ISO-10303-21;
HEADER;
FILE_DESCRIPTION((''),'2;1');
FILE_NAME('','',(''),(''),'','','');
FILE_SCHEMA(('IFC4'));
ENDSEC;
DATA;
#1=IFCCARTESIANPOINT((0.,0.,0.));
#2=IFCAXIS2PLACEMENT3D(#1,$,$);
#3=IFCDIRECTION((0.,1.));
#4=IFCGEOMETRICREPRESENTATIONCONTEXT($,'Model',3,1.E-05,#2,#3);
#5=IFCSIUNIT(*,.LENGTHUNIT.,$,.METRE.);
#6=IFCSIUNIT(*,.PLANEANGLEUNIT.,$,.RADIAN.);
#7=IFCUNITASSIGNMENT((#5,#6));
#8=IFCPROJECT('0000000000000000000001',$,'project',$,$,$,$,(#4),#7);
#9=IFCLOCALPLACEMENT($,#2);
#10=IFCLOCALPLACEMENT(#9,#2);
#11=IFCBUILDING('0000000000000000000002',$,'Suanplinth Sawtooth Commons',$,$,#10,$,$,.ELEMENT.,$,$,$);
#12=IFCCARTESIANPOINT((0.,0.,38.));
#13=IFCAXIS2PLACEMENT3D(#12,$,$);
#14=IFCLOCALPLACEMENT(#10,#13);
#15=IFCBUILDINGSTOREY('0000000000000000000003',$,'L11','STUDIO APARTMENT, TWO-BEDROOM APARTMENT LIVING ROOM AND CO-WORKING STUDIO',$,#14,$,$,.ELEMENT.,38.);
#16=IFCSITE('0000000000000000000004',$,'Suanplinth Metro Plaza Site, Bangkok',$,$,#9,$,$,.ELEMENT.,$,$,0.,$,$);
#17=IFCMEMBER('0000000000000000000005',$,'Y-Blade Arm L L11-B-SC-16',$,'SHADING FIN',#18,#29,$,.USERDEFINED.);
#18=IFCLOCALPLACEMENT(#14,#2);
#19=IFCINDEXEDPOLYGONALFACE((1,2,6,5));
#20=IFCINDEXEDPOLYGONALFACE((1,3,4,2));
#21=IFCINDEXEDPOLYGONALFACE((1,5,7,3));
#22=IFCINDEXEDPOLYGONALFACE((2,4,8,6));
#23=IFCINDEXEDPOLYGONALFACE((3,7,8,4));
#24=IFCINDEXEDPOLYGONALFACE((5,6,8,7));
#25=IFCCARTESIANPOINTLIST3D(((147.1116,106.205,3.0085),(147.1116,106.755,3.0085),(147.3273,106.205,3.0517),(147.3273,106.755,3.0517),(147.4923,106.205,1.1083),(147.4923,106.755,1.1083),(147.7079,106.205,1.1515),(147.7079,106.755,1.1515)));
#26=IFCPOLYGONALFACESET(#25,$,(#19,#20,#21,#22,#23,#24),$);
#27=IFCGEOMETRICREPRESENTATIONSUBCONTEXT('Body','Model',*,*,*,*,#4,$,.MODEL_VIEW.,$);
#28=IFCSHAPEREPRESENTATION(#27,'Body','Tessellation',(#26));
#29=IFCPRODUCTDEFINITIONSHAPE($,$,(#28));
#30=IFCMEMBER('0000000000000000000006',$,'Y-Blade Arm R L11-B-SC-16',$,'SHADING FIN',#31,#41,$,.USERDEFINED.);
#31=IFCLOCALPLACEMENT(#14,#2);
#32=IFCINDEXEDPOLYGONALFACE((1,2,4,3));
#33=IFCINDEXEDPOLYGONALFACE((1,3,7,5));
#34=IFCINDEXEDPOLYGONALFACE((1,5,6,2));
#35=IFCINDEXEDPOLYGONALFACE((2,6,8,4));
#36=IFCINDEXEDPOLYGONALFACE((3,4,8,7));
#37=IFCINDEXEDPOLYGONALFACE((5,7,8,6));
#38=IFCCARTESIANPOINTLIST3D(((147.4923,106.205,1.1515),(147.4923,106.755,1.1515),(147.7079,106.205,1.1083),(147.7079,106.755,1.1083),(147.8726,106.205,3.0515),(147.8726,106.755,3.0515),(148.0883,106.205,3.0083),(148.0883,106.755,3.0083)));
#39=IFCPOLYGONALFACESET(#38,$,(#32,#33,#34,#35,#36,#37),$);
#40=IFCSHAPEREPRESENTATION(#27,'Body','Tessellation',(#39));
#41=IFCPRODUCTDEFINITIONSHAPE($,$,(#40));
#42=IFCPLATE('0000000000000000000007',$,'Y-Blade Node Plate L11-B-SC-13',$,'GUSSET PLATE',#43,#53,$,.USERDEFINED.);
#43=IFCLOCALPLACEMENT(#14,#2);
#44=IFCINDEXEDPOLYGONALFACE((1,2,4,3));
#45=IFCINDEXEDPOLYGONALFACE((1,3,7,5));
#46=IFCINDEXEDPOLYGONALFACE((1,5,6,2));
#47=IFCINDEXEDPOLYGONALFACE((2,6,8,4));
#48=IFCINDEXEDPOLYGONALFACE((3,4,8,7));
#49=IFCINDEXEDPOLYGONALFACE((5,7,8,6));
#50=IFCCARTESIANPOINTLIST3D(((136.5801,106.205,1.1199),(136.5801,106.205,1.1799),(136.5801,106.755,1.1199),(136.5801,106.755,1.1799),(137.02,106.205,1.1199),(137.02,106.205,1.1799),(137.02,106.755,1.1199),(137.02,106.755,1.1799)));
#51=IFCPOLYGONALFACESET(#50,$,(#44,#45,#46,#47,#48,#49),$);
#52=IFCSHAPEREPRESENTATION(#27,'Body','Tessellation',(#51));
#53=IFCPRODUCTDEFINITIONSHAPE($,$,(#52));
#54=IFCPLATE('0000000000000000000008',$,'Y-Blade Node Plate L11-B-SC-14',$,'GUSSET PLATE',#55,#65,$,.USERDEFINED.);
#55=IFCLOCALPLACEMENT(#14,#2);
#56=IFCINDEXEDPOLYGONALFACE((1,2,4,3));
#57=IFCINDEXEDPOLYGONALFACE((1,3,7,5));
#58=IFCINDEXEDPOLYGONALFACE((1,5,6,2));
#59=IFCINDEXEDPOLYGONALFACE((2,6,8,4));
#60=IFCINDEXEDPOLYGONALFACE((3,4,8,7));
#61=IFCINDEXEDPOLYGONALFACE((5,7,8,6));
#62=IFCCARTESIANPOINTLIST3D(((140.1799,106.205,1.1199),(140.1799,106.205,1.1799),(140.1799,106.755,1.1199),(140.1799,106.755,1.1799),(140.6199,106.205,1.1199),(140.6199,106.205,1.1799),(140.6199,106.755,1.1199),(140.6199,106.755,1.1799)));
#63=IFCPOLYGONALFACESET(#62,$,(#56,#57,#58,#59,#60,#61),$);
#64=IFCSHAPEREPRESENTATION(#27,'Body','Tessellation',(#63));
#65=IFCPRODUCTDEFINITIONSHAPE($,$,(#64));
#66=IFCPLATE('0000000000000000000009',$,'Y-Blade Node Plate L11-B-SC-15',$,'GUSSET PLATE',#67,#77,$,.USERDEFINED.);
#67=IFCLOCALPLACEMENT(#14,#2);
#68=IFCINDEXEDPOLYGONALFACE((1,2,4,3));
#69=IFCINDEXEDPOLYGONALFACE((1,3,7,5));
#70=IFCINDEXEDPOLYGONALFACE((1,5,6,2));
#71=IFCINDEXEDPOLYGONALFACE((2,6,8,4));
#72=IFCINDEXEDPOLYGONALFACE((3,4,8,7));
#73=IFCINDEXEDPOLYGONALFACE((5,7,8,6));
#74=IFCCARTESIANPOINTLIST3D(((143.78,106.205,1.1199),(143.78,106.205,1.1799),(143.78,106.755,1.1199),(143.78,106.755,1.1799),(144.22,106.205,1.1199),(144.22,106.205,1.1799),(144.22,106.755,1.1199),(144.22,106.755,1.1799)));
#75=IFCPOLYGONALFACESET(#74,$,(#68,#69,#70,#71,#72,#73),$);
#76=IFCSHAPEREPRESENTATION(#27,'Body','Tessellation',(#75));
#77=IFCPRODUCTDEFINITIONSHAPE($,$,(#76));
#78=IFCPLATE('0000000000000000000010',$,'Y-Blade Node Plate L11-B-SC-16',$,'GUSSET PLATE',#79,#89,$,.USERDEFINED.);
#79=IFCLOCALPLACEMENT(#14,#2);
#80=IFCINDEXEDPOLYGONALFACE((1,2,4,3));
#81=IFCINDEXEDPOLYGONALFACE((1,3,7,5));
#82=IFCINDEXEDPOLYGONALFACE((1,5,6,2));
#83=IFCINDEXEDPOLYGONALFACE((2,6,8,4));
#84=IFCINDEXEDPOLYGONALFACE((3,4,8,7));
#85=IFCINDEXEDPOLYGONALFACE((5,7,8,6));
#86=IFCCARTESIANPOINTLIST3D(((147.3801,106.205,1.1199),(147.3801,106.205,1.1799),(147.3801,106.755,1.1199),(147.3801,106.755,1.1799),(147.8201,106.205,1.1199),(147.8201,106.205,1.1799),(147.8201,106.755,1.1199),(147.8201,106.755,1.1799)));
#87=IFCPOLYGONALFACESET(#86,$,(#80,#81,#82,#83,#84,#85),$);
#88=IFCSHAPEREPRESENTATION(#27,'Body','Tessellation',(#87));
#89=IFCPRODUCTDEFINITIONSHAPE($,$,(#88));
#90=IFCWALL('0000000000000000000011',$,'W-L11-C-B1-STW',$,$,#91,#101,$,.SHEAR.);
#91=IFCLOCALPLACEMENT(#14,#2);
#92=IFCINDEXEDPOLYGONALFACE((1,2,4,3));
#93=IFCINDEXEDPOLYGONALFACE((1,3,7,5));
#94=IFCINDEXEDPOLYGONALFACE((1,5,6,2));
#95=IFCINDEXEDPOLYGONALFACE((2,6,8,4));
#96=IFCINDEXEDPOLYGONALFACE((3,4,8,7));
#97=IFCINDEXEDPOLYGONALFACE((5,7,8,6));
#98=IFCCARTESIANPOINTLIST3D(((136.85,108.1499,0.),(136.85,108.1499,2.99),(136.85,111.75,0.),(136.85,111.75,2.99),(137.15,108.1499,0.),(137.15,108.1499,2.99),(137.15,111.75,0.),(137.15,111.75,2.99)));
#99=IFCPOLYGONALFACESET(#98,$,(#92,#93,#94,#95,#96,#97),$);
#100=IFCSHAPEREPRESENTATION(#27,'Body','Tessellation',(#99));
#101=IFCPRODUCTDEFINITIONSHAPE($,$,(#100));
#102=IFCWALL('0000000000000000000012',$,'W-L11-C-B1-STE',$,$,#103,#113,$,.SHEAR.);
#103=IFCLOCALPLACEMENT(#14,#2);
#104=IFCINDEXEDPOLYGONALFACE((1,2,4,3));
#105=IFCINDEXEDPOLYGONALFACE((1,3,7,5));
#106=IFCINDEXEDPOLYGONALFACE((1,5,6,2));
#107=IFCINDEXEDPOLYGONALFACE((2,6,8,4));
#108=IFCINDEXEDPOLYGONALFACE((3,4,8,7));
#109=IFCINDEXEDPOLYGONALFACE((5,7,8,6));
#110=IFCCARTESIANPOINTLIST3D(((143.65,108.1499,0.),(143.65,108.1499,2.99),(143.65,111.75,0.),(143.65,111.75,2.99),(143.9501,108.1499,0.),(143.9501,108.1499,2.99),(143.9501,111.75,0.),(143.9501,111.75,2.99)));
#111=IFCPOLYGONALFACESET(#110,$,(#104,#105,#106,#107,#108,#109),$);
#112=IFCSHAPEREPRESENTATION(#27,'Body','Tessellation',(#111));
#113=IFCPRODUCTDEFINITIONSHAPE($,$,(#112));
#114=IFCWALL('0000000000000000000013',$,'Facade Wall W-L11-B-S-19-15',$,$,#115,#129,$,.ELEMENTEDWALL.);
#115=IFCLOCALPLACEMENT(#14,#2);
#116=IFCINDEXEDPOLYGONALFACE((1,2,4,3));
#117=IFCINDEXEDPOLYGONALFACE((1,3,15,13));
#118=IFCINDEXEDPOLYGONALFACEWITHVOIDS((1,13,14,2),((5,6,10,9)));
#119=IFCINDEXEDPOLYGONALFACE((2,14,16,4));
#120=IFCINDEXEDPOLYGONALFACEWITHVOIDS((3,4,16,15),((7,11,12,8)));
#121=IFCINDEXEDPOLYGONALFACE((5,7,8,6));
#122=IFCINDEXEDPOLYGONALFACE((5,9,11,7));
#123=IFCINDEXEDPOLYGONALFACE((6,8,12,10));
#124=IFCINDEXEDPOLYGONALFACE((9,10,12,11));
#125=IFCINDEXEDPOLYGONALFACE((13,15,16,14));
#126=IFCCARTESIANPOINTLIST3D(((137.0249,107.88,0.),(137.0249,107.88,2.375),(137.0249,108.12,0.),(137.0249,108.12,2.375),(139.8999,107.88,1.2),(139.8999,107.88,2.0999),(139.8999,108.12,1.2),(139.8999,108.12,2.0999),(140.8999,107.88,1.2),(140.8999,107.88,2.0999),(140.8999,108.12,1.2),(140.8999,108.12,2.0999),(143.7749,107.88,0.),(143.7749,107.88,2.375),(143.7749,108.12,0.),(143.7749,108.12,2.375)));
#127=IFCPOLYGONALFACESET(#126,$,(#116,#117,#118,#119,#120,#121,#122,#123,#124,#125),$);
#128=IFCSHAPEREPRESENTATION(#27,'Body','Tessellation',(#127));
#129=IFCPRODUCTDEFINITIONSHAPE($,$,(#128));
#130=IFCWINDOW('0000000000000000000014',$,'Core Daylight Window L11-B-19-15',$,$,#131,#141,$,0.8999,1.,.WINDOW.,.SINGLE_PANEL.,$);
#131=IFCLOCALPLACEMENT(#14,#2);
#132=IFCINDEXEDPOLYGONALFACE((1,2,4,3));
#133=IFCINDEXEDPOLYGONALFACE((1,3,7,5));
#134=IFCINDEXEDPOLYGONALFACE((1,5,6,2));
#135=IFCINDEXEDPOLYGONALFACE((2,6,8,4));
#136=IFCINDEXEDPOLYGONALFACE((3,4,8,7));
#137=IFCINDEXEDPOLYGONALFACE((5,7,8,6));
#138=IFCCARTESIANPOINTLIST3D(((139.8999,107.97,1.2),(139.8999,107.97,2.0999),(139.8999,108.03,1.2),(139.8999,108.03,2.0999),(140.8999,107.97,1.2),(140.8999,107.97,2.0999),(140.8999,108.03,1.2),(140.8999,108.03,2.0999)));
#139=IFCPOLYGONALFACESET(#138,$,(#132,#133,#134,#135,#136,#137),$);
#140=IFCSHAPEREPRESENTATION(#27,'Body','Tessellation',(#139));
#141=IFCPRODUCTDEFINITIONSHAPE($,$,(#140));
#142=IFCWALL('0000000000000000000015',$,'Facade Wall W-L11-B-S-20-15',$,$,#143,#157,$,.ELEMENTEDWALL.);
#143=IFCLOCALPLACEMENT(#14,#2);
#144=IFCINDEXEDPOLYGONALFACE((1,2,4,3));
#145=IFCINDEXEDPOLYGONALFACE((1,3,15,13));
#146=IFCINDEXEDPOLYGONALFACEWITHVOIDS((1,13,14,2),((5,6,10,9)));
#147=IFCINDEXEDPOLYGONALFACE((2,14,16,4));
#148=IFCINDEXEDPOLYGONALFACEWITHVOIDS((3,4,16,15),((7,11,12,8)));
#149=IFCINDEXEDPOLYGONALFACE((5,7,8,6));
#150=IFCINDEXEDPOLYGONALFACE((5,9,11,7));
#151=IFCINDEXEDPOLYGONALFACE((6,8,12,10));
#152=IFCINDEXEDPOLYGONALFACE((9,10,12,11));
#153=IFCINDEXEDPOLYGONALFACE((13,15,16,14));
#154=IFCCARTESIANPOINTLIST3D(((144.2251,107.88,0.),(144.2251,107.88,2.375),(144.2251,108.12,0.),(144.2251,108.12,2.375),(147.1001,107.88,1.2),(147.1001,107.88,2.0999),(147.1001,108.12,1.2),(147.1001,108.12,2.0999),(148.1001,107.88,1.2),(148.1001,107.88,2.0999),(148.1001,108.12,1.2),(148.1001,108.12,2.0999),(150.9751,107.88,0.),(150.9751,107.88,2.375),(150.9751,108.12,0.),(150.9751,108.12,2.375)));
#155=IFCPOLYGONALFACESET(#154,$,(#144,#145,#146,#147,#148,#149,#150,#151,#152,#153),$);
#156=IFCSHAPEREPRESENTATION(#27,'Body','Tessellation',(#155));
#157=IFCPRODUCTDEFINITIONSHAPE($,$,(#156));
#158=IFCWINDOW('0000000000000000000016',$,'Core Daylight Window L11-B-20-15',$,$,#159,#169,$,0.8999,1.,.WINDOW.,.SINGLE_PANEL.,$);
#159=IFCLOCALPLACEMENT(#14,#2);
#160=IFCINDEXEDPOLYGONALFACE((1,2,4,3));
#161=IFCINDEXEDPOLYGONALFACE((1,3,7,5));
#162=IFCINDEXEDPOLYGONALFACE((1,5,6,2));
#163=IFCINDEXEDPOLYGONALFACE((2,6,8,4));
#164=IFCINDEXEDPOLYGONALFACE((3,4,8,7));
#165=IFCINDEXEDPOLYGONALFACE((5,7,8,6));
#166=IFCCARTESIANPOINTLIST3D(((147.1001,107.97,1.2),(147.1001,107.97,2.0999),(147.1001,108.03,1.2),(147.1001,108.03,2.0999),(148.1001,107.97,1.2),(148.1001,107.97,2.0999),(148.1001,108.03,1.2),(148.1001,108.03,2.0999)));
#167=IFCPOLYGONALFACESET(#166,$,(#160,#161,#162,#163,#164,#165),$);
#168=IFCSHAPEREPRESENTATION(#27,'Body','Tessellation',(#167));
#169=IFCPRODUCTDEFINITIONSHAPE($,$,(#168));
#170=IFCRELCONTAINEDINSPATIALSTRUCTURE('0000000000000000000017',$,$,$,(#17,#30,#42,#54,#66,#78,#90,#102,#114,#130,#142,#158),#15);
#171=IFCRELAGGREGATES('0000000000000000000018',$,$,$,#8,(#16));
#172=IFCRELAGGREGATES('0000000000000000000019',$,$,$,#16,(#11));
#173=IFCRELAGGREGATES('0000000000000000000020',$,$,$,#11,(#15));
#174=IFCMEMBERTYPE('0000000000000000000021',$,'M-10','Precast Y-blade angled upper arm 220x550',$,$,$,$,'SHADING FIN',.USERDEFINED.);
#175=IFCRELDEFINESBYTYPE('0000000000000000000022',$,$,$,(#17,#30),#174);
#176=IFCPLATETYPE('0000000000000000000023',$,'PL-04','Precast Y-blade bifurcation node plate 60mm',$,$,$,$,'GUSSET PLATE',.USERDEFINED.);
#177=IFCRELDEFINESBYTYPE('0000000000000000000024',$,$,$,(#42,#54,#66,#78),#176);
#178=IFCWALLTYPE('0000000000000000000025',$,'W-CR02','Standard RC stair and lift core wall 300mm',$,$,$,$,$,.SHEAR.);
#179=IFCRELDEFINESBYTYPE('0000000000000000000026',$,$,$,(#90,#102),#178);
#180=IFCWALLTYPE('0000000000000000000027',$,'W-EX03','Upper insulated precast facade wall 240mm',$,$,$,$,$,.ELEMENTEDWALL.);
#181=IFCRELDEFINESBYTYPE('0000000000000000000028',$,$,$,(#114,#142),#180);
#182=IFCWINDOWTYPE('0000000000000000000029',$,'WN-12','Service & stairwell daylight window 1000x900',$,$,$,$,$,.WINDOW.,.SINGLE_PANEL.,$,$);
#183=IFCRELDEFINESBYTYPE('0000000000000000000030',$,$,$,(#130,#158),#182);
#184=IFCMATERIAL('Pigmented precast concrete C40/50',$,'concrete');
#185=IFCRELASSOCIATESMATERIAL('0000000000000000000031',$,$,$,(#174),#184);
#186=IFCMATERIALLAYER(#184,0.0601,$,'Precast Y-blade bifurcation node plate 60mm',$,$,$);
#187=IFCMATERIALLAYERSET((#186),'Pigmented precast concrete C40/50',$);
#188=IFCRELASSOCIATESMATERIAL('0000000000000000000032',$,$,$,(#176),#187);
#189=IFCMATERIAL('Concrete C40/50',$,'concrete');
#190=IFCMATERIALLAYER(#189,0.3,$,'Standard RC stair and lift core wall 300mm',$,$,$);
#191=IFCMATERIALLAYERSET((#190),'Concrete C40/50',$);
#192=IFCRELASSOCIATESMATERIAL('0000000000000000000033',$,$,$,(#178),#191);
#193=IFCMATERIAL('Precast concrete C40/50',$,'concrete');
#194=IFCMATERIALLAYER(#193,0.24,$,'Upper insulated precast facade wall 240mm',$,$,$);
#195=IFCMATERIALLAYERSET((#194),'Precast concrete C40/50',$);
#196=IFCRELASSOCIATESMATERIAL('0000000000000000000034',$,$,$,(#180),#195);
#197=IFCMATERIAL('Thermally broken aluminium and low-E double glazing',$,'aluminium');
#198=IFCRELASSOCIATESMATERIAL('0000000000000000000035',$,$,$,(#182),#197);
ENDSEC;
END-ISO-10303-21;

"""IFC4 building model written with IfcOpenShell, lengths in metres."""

from ifc_helpers import new_model, si_unit, direction, frame, frame_2d, origin, origin_2d, place, context, subcontext, project, spatial, rectangle, extrude, material, layer, layer_set, material_profile, profile_set, type_object, element, fill, save


model = new_model("IFC4")

# Units and contexts
model_context = context("Model", 3, precision=1e-05, world=origin(), true_north=direction((0.0, 1.0)))
body_context = subcontext(model_context, "Body", "Model", "MODEL_VIEW")
ifc_project = project(units=[si_unit("LENGTHUNIT", "METRE"), si_unit("PLANEANGLEUNIT", "RADIAN")], contexts=[model_context])

# Site, building, storey
site_placement = place(None, origin())
site = spatial("IfcSite", under=ifc_project, at=site_placement, Name="Suanplinth Metro Plaza Site, Bangkok", CompositionType="ELEMENT", RefElevation=0.0)
building_placement = place(site_placement, origin())
building = spatial("IfcBuilding", under=site, at=building_placement, Name="Suanplinth Sawtooth Commons", CompositionType="ELEMENT")
storey_placement = place(building_placement, frame((0.0, 0.0, 38.0)))
storey = spatial("IfcBuildingStorey", under=building, at=storey_placement, Name="L11", Description="STUDIO APARTMENT, TWO-BEDROOM APARTMENT LIVING ROOM AND CO-WORKING STUDIO", CompositionType="ELEMENT", Elevation=38.0)

# Shared definitions
ifc_material_1 = material(Name="Precast concrete C40/50", Category="concrete")

# Members
ifc_material_2 = material(Name="Pigmented precast concrete C40/50", Category="concrete")
ifc_material_profile_1 = material_profile(ifc_material_2, rectangle(XDim=0.22, YDim=0.55, at=origin_2d()), Name="PC-FIN 220x550")
ifc_profile_set_1 = profile_set([ifc_material_profile_1], Name="Pigmented precast concrete C40/50")
member_type_1 = type_object("IfcMemberType", Name="M-10", Description="Precast Y-blade angled upper arm 220x550", ElementType="SHADING FIN", PredefinedType="USERDEFINED", material=ifc_profile_set_1)
for number, where, z_axis, x_axis, name in (
    (1, (147.6001, 106.48, 1.1299), (-0.196407, 0.0, 0.980522), (0.980522, 0.0, 0.196407), "Y-Blade Arm L L11-B-SC-16"),
):
    element("IfcMember", number, at=place(storey_placement, frame(where, z_axis=z_axis, x_axis=x_axis)), inside=storey, type_object=member_type_1, Name=name, ObjectType="SHADING FIN", PredefinedType="USERDEFINED", context=body_context, shape_type="SweptSolid", body=[
        extrude(rectangle(XDim=0.22, YDim=0.55, at=origin_2d()), origin(), (0.0, 0.0, 1.0), 1.938),
    ])
member_1_placement = place(storey_placement, frame((147.6001, 106.48, 1.1299), z_axis=(0.196286, 0.0, 0.980547), x_axis=(-0.980547, 0.0, 0.196286)))
element("IfcMember", 2, at=member_1_placement, inside=storey, type_object=member_type_1, Name="Y-Blade Arm R L11-B-SC-16", ObjectType="SHADING FIN", PredefinedType="USERDEFINED", context=body_context, shape_type="SweptSolid", body=[
    extrude(rectangle(XDim=0.22, YDim=0.55, at=origin_2d()), origin(), (0.0, 0.0, 1.0), 1.9377),
])

# Plates
ifc_layer_1 = layer(ifc_material_2, 0.0601, Name="Precast Y-blade bifurcation node plate 60mm")
ifc_layer_set_1 = layer_set([ifc_layer_1], Name="Pigmented precast concrete C40/50")
plate_type = type_object("IfcPlateType", Name="PL-04", Description="Precast Y-blade bifurcation node plate 60mm", ElementType="GUSSET PLATE", PredefinedType="USERDEFINED", material=ifc_layer_set_1)
for number, where, z_axis, x_axis, name in (
    (3, (136.8, 106.48, 1.1199), (0.0, 0.0, 1.0), (1.0, 0.0, 0.0), "Y-Blade Node Plate L11-B-SC-13"),
    (4, (140.3999, 106.48, 1.1199), (0.0, 0.0, 1.0), (1.0, 0.0, 0.0), "Y-Blade Node Plate L11-B-SC-14"),
    (5, (144.0, 106.48, 1.1199), (0.0, 0.0, 1.0), (1.0, 0.0, 0.0), "Y-Blade Node Plate L11-B-SC-15"),
    (6, (147.6001, 106.48, 1.1199), (0.0, 0.0, 1.0), (1.0, 0.0, 0.0), "Y-Blade Node Plate L11-B-SC-16"),
):
    element("IfcPlate", number, at=place(storey_placement, frame(where, z_axis=z_axis, x_axis=x_axis)), inside=storey, type_object=plate_type, Name=name, ObjectType="GUSSET PLATE", PredefinedType="USERDEFINED", context=body_context, shape_type="SweptSolid", body=[
        extrude(rectangle(XDim=0.4399, YDim=0.55, at=origin_2d()), origin(), (0.0, 0.0, 1.0), 0.0601),
    ])

# Walls
ifc_material_3 = material(Name="Concrete C40/50", Category="concrete")
ifc_layer_2 = layer(ifc_material_3, 0.3, Name="Standard RC stair and lift core wall 300mm")
ifc_layer_set_2 = layer_set([ifc_layer_2], Name="Concrete C40/50")
wall_type_1 = type_object("IfcWallType", Name="W-CR02", Description="Standard RC stair and lift core wall 300mm", PredefinedType="SHEAR", material=ifc_layer_set_2)
for number, where, z_axis, x_axis, name in (
    (7, (137.0, 108.1499, 0.0), (0.0, 0.0, 1.0), (0.0, 1.0, 0.0), "W-L11-C-B1-STW"),
    (8, (143.8, 108.1499, 0.0), (0.0, 0.0, 1.0), (0.0, 1.0, 0.0), "W-L11-C-B1-STE"),
):
    element("IfcWall", number, at=place(storey_placement, frame(where, z_axis=z_axis, x_axis=x_axis)), inside=storey, type_object=wall_type_1, Name=name, PredefinedType="SHEAR", context=body_context, shape_type="SweptSolid", body=[
        extrude(rectangle(XDim=3.6001, YDim=0.3, at=frame_2d((1.8, 0.0))), origin(), (0.0, 0.0, 1.0), 2.99),
    ])

# Walls, openings, windows
ifc_layer_3 = layer(ifc_material_1, 0.24, Name="Upper insulated precast facade wall 240mm")
ifc_layer_set_3 = layer_set([ifc_layer_3], Name="Precast concrete C40/50")
wall_type_2 = type_object("IfcWallType", Name="W-EX03", Description="Upper insulated precast facade wall 240mm", PredefinedType="ELEMENTEDWALL", material=ifc_layer_set_3)
wall_1_placement = place(storey_placement, frame((137.0249, 108.0, 0.0), z_axis=(0.0, 0.0, 1.0), x_axis=(1.0, 0.0, 0.0)))
wall_1 = element("IfcWall", 9, at=wall_1_placement, inside=storey, type_object=wall_type_2, Name="Facade Wall W-L11-B-S-19-15", PredefinedType="ELEMENTEDWALL", context=body_context, shape_type="SweptSolid", body=[
    extrude(rectangle(XDim=6.75, YDim=0.24, at=frame_2d((3.375, 0.0))), origin(), (0.0, 0.0, 1.0), 2.375),
])
opening_1_placement = place(wall_1_placement, frame((2.875, 0.0, 1.2)))
opening_1 = element("IfcOpeningElement", 10, at=opening_1_placement, cuts=wall_1, PredefinedType="OPENING", context=body_context, shape_type="SweptSolid", body=[
    extrude(rectangle(XDim=1.0, YDim=0.8999, at=frame_2d((0.5, 0.45))), frame((0.0, 0.1348, 0.0), z_axis=(0.0, -1.0, 0.0), x_axis=(1.0, 0.0, 0.0)), (0.0, 0.0, 1.0), 0.2698),
])
ifc_material_4 = material(Name="Thermally broken aluminium and low-E double glazing", Category="aluminium")
window_type = type_object("IfcWindowType", Name="WN-12", Description="Service & stairwell daylight window 1000x900", PartitioningType="SINGLE_PANEL", PredefinedType="WINDOW", material=ifc_material_4)
window_1_placement = place(opening_1_placement, origin())
window_1 = element("IfcWindow", 11, at=window_1_placement, inside=storey, type_object=window_type, Name="Core Daylight Window L11-B-19-15", OverallHeight=0.8999, OverallWidth=1.0, PartitioningType="SINGLE_PANEL", PredefinedType="WINDOW", context=body_context, shape_type="SweptSolid", body=[
    extrude(rectangle(XDim=1.0, YDim=0.8999, at=frame_2d((0.5, 0.45))), frame((0.0, 0.03, 0.0), z_axis=(0.0, -1.0, 0.0), x_axis=(1.0, 0.0, 0.0)), (0.0, 0.0, 1.0), 0.0601),
])
fill(opening_1, window_1)
wall_2_placement = place(storey_placement, frame((144.2251, 108.0, 0.0), z_axis=(0.0, 0.0, 1.0), x_axis=(1.0, 0.0, 0.0)))
wall_2 = element("IfcWall", 12, at=wall_2_placement, inside=storey, type_object=wall_type_2, Name="Facade Wall W-L11-B-S-20-15", PredefinedType="ELEMENTEDWALL", context=body_context, shape_type="SweptSolid", body=[
    extrude(rectangle(XDim=6.75, YDim=0.24, at=frame_2d((3.375, 0.0))), origin(), (0.0, 0.0, 1.0), 2.375),
])
opening_2_placement = place(wall_2_placement, frame((2.875, 0.0, 1.2)))
opening_2 = element("IfcOpeningElement", 13, at=opening_2_placement, cuts=wall_2, PredefinedType="OPENING", context=body_context, shape_type="SweptSolid", body=[
    extrude(rectangle(XDim=1.0, YDim=0.8999, at=frame_2d((0.5, 0.45))), frame((0.0, 0.1348, 0.0), z_axis=(0.0, -1.0, 0.0), x_axis=(1.0, 0.0, 0.0)), (0.0, 0.0, 1.0), 0.2698),
])
window_2_placement = place(opening_2_placement, origin())
window_2 = element("IfcWindow", 14, at=window_2_placement, inside=storey, type_object=window_type, Name="Core Daylight Window L11-B-20-15", OverallHeight=0.8999, OverallWidth=1.0, PartitioningType="SINGLE_PANEL", PredefinedType="WINDOW", context=body_context, shape_type="SweptSolid", body=[
    extrude(rectangle(XDim=1.0, YDim=0.8999, at=frame_2d((0.5, 0.45))), frame((0.0, 0.03, 0.0), z_axis=(0.0, -1.0, 0.0), x_axis=(1.0, 0.0, 0.0)), (0.0, 0.0, 1.0), 0.0601),
])
fill(opening_2, window_2)

save(model, "model.ifc")
